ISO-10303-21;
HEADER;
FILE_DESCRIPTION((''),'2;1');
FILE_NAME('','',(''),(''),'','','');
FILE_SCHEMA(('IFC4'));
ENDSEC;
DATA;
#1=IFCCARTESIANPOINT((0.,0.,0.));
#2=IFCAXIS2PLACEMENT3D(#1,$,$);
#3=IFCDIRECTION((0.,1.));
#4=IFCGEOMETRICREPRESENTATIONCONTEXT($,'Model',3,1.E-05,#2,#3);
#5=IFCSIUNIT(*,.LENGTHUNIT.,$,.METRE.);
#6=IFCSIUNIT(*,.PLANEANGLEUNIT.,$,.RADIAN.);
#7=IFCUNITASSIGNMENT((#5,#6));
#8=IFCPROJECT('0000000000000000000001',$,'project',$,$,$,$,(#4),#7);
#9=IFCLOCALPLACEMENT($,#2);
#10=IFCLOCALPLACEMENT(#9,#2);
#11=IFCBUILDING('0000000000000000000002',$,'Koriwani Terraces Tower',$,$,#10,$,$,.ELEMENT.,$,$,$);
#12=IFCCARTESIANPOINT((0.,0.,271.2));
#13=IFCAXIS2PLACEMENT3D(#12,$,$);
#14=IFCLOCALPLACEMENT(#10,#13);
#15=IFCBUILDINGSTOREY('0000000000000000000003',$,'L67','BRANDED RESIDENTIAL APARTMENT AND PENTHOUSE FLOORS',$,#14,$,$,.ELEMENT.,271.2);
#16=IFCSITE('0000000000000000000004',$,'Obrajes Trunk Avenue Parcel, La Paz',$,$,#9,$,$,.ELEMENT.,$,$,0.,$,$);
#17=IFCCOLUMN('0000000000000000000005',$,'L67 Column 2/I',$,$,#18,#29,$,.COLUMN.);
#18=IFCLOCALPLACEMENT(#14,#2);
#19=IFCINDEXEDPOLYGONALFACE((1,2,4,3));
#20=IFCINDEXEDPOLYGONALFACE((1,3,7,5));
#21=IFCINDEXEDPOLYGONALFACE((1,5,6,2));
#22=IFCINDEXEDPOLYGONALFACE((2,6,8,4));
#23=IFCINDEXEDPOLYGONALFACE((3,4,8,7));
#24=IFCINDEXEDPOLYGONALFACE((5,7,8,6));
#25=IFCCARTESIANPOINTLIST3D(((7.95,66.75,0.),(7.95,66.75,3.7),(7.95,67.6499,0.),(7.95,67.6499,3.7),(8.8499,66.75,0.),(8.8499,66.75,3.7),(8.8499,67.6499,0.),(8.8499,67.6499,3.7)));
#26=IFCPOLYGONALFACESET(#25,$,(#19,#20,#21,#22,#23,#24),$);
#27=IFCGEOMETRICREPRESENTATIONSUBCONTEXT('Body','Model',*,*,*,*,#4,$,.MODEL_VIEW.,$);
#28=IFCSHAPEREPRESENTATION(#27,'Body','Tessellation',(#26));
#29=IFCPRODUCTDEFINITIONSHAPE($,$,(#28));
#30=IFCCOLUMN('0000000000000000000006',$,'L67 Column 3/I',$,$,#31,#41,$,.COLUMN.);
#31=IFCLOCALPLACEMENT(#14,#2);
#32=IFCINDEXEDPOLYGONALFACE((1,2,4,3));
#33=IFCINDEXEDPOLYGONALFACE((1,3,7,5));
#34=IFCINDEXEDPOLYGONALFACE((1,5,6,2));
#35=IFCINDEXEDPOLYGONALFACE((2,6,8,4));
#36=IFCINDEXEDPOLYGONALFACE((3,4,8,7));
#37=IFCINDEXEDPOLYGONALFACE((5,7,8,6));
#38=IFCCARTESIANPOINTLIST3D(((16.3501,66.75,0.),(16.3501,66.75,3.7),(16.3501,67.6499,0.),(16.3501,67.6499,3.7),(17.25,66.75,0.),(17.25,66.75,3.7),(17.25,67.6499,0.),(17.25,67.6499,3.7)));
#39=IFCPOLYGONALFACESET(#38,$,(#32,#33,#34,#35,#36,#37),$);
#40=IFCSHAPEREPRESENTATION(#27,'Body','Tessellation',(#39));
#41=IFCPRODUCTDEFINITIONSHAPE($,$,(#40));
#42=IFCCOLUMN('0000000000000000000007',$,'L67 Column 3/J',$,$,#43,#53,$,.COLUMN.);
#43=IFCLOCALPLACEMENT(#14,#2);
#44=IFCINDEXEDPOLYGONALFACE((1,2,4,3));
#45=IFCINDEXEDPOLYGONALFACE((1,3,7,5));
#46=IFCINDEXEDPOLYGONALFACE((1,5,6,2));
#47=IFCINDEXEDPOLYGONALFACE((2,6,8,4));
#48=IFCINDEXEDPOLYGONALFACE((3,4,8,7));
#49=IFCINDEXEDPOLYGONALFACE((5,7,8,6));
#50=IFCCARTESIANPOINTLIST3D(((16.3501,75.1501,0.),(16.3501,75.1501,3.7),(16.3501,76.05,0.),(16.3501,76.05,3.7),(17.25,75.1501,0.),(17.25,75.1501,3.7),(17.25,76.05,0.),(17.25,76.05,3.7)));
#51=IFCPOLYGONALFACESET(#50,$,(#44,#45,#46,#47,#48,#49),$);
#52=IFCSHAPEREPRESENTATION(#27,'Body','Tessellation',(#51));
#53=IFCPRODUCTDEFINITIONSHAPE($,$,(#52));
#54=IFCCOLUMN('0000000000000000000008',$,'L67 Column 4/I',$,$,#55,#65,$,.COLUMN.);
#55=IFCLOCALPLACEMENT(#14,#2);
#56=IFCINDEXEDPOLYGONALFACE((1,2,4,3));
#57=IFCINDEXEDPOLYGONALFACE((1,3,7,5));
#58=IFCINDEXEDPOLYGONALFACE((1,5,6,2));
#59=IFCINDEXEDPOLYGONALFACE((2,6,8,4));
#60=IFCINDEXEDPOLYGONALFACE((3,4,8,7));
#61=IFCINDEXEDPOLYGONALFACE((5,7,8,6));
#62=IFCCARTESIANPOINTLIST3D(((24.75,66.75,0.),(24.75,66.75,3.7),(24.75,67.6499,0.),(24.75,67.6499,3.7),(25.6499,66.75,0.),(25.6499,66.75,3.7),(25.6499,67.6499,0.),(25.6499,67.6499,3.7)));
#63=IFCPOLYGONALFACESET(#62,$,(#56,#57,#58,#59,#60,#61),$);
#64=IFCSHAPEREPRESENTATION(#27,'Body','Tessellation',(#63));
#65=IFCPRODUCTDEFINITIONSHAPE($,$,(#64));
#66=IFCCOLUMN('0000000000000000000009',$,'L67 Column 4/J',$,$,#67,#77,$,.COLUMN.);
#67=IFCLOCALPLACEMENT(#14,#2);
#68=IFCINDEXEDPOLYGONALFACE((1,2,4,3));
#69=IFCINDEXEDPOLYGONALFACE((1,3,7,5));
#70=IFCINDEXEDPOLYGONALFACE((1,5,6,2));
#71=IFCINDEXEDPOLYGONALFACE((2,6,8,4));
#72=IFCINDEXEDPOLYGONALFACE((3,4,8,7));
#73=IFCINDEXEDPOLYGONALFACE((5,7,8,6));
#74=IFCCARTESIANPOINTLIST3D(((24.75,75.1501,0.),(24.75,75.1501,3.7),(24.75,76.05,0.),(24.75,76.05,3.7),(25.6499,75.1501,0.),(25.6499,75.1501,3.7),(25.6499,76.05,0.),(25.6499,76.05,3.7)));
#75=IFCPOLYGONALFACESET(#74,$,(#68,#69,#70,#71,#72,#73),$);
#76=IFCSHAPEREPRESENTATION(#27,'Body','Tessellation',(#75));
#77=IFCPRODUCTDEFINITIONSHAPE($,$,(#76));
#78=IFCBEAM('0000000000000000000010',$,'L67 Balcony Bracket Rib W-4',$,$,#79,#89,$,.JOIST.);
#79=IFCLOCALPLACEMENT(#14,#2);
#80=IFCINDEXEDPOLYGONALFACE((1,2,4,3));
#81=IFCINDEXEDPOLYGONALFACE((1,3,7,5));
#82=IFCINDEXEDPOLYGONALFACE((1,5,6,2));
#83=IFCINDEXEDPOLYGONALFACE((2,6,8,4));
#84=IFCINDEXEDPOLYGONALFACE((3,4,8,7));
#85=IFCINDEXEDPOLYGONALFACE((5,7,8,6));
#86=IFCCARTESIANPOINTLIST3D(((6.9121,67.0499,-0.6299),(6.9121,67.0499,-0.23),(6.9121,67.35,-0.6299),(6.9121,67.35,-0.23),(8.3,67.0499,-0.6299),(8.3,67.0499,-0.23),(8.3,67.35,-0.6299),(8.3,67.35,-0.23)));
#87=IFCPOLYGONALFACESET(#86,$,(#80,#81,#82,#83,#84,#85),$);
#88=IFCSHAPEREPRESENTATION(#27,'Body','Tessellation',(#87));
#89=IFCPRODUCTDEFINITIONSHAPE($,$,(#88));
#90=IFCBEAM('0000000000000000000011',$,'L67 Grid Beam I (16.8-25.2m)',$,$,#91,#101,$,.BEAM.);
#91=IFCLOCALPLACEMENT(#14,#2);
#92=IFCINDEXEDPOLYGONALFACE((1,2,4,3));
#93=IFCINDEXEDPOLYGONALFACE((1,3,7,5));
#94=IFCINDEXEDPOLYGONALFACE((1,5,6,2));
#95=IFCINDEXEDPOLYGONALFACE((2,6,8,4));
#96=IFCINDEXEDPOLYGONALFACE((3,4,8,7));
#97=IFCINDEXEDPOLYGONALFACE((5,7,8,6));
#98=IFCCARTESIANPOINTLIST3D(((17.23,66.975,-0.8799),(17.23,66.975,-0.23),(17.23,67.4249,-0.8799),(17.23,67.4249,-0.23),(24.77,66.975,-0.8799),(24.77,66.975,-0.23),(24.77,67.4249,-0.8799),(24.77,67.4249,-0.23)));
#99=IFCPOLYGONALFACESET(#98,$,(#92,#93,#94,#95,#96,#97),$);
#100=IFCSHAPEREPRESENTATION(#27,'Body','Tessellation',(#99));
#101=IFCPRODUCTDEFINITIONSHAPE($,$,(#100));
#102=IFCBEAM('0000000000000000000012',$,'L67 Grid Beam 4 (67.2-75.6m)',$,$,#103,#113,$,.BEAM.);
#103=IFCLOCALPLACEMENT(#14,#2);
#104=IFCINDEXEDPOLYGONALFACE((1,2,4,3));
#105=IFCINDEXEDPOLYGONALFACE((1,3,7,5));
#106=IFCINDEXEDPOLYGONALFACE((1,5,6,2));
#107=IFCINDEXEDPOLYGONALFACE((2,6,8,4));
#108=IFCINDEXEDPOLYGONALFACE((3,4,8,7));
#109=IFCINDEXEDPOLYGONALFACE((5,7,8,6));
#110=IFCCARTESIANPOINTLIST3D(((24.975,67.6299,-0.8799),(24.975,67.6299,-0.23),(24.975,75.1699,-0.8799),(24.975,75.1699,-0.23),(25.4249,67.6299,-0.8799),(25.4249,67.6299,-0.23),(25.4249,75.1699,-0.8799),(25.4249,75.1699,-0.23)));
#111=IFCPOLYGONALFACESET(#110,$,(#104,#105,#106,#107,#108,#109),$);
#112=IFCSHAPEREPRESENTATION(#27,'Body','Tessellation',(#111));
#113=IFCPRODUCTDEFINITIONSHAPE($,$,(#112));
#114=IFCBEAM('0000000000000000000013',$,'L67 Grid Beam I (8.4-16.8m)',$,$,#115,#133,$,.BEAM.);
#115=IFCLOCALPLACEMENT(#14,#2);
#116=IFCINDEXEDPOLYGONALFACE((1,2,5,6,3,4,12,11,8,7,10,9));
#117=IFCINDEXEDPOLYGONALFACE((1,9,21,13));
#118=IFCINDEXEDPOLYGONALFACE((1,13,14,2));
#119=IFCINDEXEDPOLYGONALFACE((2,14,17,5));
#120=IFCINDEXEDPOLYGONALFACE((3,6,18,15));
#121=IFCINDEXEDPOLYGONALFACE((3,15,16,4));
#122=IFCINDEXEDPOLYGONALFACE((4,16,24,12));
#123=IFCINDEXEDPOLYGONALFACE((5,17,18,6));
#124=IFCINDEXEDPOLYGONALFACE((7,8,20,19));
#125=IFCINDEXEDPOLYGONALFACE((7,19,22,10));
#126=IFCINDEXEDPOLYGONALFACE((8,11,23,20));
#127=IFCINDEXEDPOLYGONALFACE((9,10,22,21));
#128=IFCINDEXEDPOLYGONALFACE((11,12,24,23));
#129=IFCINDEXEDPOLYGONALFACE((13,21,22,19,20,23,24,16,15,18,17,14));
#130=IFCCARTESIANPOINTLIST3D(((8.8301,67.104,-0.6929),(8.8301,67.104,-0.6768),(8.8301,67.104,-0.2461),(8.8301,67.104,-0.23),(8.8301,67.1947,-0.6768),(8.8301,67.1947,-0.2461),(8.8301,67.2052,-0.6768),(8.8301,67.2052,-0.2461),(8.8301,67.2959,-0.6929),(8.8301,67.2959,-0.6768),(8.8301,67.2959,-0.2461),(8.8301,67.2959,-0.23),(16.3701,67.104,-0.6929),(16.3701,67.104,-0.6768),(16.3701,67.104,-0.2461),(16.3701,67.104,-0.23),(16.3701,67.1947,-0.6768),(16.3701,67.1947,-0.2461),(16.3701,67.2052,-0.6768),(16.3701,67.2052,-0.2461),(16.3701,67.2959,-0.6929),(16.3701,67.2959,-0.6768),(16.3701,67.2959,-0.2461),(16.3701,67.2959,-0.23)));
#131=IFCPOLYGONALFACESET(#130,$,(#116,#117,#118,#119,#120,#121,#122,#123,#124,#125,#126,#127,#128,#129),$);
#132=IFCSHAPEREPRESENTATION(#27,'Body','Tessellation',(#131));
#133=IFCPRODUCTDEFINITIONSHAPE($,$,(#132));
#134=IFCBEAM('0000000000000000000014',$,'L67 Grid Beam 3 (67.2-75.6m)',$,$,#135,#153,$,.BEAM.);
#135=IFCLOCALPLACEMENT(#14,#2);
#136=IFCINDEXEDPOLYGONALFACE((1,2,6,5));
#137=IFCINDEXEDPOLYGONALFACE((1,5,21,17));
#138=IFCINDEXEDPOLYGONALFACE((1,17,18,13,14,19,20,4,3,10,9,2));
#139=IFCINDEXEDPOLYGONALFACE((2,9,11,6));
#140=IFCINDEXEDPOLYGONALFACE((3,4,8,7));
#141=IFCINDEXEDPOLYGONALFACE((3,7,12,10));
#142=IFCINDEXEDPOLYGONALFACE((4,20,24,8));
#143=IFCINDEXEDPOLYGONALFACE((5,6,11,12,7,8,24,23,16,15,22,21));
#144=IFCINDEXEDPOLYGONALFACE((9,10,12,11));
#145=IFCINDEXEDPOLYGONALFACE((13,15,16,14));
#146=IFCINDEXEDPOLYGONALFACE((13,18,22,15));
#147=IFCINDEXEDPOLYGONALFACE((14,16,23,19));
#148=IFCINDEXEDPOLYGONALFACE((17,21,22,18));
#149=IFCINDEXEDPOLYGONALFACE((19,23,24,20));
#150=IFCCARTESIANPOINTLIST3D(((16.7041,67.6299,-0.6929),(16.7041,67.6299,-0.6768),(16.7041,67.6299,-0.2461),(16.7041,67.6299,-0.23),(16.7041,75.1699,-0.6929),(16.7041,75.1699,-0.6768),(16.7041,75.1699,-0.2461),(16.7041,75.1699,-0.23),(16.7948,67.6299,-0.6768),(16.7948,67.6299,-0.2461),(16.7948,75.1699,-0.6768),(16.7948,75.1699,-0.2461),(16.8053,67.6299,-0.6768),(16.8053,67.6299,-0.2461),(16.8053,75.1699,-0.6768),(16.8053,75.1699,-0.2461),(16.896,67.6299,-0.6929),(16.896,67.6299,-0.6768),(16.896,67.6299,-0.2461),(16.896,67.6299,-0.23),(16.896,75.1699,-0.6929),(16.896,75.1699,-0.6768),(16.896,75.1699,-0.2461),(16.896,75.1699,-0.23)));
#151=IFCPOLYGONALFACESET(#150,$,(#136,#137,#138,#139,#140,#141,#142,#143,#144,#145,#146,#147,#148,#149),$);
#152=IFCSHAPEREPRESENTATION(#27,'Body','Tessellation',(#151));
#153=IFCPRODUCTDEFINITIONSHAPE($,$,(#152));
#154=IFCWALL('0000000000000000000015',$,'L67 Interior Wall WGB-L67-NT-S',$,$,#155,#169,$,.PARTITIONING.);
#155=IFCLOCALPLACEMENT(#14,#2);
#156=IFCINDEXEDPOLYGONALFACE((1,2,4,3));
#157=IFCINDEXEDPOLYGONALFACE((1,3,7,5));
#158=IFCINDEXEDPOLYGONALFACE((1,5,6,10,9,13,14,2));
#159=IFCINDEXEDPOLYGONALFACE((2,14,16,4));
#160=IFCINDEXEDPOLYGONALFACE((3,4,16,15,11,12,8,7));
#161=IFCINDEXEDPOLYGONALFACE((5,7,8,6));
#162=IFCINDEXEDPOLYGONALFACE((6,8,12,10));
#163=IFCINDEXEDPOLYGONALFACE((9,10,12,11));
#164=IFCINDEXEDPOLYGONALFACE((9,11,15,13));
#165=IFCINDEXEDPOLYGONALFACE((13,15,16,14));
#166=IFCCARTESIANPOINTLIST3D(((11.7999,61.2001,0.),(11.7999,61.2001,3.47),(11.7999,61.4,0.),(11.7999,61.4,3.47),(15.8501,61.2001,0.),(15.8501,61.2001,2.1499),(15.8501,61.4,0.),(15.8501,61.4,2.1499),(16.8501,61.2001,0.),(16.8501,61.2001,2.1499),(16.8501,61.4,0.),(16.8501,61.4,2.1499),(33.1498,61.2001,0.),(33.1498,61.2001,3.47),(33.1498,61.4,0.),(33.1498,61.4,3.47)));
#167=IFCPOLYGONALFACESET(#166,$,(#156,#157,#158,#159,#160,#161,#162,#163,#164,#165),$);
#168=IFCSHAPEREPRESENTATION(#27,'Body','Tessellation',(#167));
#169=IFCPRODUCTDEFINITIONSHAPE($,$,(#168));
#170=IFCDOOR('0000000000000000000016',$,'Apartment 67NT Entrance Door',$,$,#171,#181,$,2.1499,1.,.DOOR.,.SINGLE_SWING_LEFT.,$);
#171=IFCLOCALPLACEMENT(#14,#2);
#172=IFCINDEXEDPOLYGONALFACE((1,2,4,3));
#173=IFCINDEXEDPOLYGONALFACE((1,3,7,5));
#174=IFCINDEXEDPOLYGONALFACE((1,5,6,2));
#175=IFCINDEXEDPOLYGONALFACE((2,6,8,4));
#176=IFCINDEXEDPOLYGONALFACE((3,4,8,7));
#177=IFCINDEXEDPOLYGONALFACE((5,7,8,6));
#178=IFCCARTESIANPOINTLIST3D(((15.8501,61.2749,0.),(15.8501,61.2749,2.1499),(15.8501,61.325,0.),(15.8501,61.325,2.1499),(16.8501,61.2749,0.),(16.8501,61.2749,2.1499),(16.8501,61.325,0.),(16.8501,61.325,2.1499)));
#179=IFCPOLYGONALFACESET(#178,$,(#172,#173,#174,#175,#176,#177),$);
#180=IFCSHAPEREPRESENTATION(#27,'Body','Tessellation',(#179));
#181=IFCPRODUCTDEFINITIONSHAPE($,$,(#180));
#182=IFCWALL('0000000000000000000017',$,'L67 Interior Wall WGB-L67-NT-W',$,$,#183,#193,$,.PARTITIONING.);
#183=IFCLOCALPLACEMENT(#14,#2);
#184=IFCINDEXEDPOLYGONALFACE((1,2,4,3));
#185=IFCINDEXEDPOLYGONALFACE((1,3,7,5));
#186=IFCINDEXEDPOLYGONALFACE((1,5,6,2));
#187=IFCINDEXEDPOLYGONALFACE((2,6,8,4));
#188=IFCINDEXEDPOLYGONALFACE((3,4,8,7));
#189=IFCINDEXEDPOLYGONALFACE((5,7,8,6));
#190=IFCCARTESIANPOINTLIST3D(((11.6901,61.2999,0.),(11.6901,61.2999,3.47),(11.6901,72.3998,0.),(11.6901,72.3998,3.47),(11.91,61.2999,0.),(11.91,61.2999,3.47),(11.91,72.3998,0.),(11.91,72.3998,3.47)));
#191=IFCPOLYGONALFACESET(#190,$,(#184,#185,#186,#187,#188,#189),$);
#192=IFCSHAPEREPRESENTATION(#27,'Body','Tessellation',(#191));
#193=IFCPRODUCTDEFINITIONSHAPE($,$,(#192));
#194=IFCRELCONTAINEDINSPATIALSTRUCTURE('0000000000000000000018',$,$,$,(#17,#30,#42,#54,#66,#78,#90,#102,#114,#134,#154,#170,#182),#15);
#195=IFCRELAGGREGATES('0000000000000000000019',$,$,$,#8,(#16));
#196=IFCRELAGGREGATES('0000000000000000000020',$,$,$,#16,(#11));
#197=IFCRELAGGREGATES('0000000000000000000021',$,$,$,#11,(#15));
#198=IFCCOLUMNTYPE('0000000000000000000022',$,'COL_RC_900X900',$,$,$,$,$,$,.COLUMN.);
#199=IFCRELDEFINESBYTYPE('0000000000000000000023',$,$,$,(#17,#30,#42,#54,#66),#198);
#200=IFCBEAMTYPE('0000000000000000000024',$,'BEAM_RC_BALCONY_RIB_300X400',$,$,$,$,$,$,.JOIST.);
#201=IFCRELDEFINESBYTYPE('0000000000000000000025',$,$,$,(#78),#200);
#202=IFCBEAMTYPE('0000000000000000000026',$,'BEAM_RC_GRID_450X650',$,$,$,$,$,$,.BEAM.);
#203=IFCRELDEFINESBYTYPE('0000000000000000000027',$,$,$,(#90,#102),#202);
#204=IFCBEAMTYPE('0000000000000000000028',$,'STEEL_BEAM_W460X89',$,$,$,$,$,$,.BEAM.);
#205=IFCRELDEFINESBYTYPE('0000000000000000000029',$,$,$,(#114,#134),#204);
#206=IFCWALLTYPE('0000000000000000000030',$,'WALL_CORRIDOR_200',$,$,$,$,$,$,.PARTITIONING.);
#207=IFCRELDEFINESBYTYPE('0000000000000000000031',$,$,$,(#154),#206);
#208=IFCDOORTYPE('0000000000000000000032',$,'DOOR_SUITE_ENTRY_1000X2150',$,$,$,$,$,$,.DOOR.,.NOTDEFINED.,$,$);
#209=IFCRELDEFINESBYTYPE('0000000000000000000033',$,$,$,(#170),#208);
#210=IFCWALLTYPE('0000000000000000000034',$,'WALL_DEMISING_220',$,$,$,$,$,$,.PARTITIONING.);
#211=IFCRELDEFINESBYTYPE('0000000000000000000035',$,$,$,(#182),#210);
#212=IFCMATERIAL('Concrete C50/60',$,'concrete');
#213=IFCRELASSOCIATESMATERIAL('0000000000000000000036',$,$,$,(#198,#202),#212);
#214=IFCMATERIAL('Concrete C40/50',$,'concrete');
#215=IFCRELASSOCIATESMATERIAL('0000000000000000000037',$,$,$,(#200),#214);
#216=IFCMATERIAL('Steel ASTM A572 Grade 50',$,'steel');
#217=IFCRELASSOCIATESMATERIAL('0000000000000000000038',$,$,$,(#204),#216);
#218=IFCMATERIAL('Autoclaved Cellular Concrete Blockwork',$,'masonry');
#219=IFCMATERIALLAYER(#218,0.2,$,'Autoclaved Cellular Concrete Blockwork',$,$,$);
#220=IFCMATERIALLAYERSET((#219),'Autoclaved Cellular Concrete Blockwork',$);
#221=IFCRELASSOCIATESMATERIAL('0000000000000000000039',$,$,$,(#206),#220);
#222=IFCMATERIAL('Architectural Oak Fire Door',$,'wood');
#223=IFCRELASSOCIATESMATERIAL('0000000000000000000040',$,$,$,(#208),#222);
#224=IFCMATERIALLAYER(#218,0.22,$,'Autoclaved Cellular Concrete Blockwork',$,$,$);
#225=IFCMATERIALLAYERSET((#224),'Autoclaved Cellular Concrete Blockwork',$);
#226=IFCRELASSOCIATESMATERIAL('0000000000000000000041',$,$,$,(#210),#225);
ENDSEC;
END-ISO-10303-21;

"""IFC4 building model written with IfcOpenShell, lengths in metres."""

from ifc_helpers import new_model, si_unit, direction, frame, frame_2d, origin, origin_2d, place, context, subcontext, project, spatial, rectangle, i_section, extrude, material, layer, layer_set, material_profile, profile_set, type_object, element, fill, save


model = new_model("IFC4")

# Units and contexts
model_context = context("Model", 3, precision=1e-05, world=origin(), true_north=direction((0.0, 1.0)))
body_context = subcontext(model_context, "Body", "Model", "MODEL_VIEW")
ifc_project = project(units=[si_unit("LENGTHUNIT", "METRE"), si_unit("PLANEANGLEUNIT", "RADIAN")], contexts=[model_context])

# Site, building, storey
site_placement = place(None, origin())
site = spatial("IfcSite", under=ifc_project, at=site_placement, Name="Obrajes Trunk Avenue Parcel, La Paz", CompositionType="ELEMENT", RefElevation=0.0)
building_placement = place(site_placement, origin())
building = spatial("IfcBuilding", under=site, at=building_placement, Name="Koriwani Terraces Tower", CompositionType="ELEMENT")
storey_placement = place(building_placement, frame((0.0, 0.0, 271.2)))
storey = spatial("IfcBuildingStorey", under=building, at=storey_placement, Name="L67", Description="BRANDED RESIDENTIAL APARTMENT AND PENTHOUSE FLOORS", CompositionType="ELEMENT", Elevation=271.2)

# Columns
ifc_material_1 = material(Name="Concrete C50/60", Category="concrete")
ifc_material_profile_1 = material_profile(ifc_material_1, rectangle(XDim=0.8999, YDim=0.8999, at=origin_2d()), Name="Concrete C50/60", Category="LoadBearing")
ifc_profile_set_1 = profile_set([ifc_material_profile_1], Name="Concrete C50/60")
column_type = type_object("IfcColumnType", Name="COL_RC_900X900", PredefinedType="COLUMN", material=ifc_profile_set_1)
for number, where, z_axis, x_axis, name in (
    (1, (8.3999, 67.2, 0.0), (0.0, 0.0, 1.0), (1.0, 0.0, 0.0), "L67 Column 2/I"),
    (2, (16.8, 67.2, 0.0), (0.0, 0.0, 1.0), (1.0, 0.0, 0.0), "L67 Column 3/I"),
    (3, (16.8, 75.6001, 0.0), (0.0, 0.0, 1.0), (1.0, 0.0, 0.0), "L67 Column 3/J"),
    (4, (25.2, 67.2, 0.0), (0.0, 0.0, 1.0), (1.0, 0.0, 0.0), "L67 Column 4/I"),
    (5, (25.2, 75.6001, 0.0), (0.0, 0.0, 1.0), (1.0, 0.0, 0.0), "L67 Column 4/J"),
):
    element("IfcColumn", number, at=place(storey_placement, frame(where, z_axis=z_axis, x_axis=x_axis)), inside=storey, type_object=column_type, Name=name, PredefinedType="COLUMN", context=body_context, shape_type="SweptSolid", body=[
        extrude(rectangle(XDim=0.8999, YDim=0.8999, at=origin_2d()), origin(), (0.0, 0.0, 1.0), 3.7),
    ])

# Beams
ifc_material_2 = material(Name="Concrete C40/50", Category="concrete")
ifc_material_profile_2 = material_profile(ifc_material_2, rectangle(XDim=0.3, YDim=0.3999, at=origin_2d()), Name="Concrete C40/50", Category="LoadBearing")
ifc_profile_set_2 = profile_set([ifc_material_profile_2], Name="Concrete C40/50")
beam_type_1 = type_object("IfcBeamType", Name="BEAM_RC_BALCONY_RIB_300X400", PredefinedType="JOIST", material=ifc_profile_set_2)
beam_placement = place(storey_placement, frame((6.9121, 67.2, -0.4299), z_axis=(1.0, 0.0, 0.0), x_axis=(0.0, 1.0, 0.0)))
element("IfcBeam", 6, at=beam_placement, inside=storey, type_object=beam_type_1, Name="L67 Balcony Bracket Rib W-4", PredefinedType="JOIST", context=body_context, shape_type="SweptSolid", body=[
    extrude(rectangle(XDim=0.3, YDim=0.3999, at=origin_2d()), origin(), (0.0, 0.0, 1.0), 1.3879),
])
ifc_material_profile_3 = material_profile(ifc_material_1, rectangle(XDim=0.45, YDim=0.6499, at=origin_2d()), Name="Concrete C50/60", Category="LoadBearing")
ifc_profile_set_3 = profile_set([ifc_material_profile_3], Name="Concrete C50/60")
beam_type_2 = type_object("IfcBeamType", Name="BEAM_RC_GRID_450X650", PredefinedType="BEAM", material=ifc_profile_set_3)
for number, where, z_axis, x_axis, name in (
    (7, (17.23, 67.2, -0.5549), (1.0, 0.0, 0.0), (0.0, 1.0, 0.0), "L67 Grid Beam I (16.8-25.2m)"),
    (8, (25.2, 67.6299, -0.5549), (0.0, 1.0, 0.0), (-1.0, 0.0, 0.0), "L67 Grid Beam 4 (67.2-75.6m)"),
):
    element("IfcBeam", number, at=place(storey_placement, frame(where, z_axis=z_axis, x_axis=x_axis)), inside=storey, type_object=beam_type_2, Name=name, PredefinedType="BEAM", context=body_context, shape_type="SweptSolid", body=[
        extrude(rectangle(XDim=0.45, YDim=0.6499, at=origin_2d()), origin(), (0.0, 0.0, 1.0), 7.54),
    ])
ifc_material_3 = material(Name="Steel ASTM A572 Grade 50", Category="steel")
ifc_material_profile_4 = material_profile(ifc_material_3, i_section(OverallWidth=0.1919, OverallDepth=0.4629, WebThickness=0.0105, FlangeThickness=0.0161, at=origin_2d()), Name="Steel ASTM A572 Grade 50", Category="LoadBearing")
ifc_profile_set_4 = profile_set([ifc_material_profile_4], Name="Steel ASTM A572 Grade 50")
beam_type_3 = type_object("IfcBeamType", Name="STEEL_BEAM_W460X89", PredefinedType="BEAM", material=ifc_profile_set_4)
for number, where, z_axis, x_axis, name in (
    (9, (8.8301, 67.2, -0.4614), (1.0, 0.0, 0.0), (0.0, 1.0, 0.0), "L67 Grid Beam I (8.4-16.8m)"),
    (10, (16.8, 67.6299, -0.4614), (0.0, 1.0, 0.0), (-1.0, 0.0, 0.0), "L67 Grid Beam 3 (67.2-75.6m)"),
):
    element("IfcBeam", number, at=place(storey_placement, frame(where, z_axis=z_axis, x_axis=x_axis)), inside=storey, type_object=beam_type_3, Name=name, PredefinedType="BEAM", context=body_context, shape_type="SweptSolid", body=[
        extrude(i_section(OverallWidth=0.1919, OverallDepth=0.4629, WebThickness=0.0105, FlangeThickness=0.0161, at=origin_2d()), origin(), (0.0, 0.0, 1.0), 7.54),
    ])

# Wall, opening, door
ifc_material_4 = material(Name="Autoclaved Cellular Concrete Blockwork", Category="masonry")
ifc_layer_1 = layer(ifc_material_4, 0.2, Name="Autoclaved Cellular Concrete Blockwork")
ifc_layer_set_1 = layer_set([ifc_layer_1], Name="Autoclaved Cellular Concrete Blockwork")
wall_type_1 = type_object("IfcWallType", Name="WALL_CORRIDOR_200", PredefinedType="PARTITIONING", material=ifc_layer_set_1)
wall_1_placement = place(storey_placement, frame((11.8, 61.3, 0.0), z_axis=(0.0, 0.0, 1.0), x_axis=(1.0, 0.0, 0.0)))
wall_1 = element("IfcWall", 11, at=wall_1_placement, inside=storey, type_object=wall_type_1, Name="L67 Interior Wall WGB-L67-NT-S", PredefinedType="PARTITIONING", context=body_context, shape_type="SweptSolid", body=[
    extrude(rectangle(XDim=21.3499, YDim=0.2, at=frame_2d((10.6748, 0.0))), origin(), (0.0, 0.0, 1.0), 3.47),
])
opening_1_placement = place(wall_1_placement, frame((4.05, 0.0, 0.0)))
opening_1 = element("IfcOpeningElement", 12, at=opening_1_placement, cuts=wall_1, PredefinedType="OPENING", context=body_context, shape_type="SweptSolid", body=[
    extrude(rectangle(XDim=1.0, YDim=2.1499, at=frame_2d((0.5, 1.075))), frame((0.0, 0.1099, 0.0), z_axis=(0.0, -1.0, 0.0), x_axis=(1.0, 0.0, 0.0)), (0.0, 0.0, 1.0), 0.22),
])
ifc_material_5 = material(Name="Architectural Oak Fire Door", Category="wood")
door_type_1 = type_object("IfcDoorType", Name="DOOR_SUITE_ENTRY_1000X2150", OperationType="NOTDEFINED", PredefinedType="DOOR", material=ifc_material_5)
door_1_placement = place(opening_1_placement, origin())
door_1 = element("IfcDoor", 13, at=door_1_placement, inside=storey, type_object=door_type_1, Name="Apartment 67NT Entrance Door", OperationType="SINGLE_SWING_LEFT", OverallHeight=2.1499, OverallWidth=1.0, PredefinedType="DOOR", context=body_context, shape_type="SweptSolid", body=[
    extrude(rectangle(XDim=1.0, YDim=2.1499, at=frame_2d((0.5, 1.075))), frame((0.0, 0.0249, 0.0), z_axis=(0.0, -1.0, 0.0), x_axis=(1.0, 0.0, 0.0)), (0.0, 0.0, 1.0), 0.05),
])
fill(opening_1, door_1)

# Wall
ifc_layer_2 = layer(ifc_material_4, 0.22, Name="Autoclaved Cellular Concrete Blockwork")
ifc_layer_set_2 = layer_set([ifc_layer_2], Name="Autoclaved Cellular Concrete Blockwork")
wall_type_2 = type_object("IfcWallType", Name="WALL_DEMISING_220", PredefinedType="PARTITIONING", material=ifc_layer_set_2)
wall_2_placement = place(storey_placement, frame((11.8, 61.3, 0.0), z_axis=(0.0, 0.0, 1.0), x_axis=(0.0, 1.0, 0.0)))
element("IfcWall", 14, at=wall_2_placement, inside=storey, type_object=wall_type_2, Name="L67 Interior Wall WGB-L67-NT-W", PredefinedType="PARTITIONING", context=body_context, shape_type="SweptSolid", body=[
    extrude(rectangle(XDim=11.0999, YDim=0.22, at=frame_2d((5.5498, 0.0))), origin(), (0.0, 0.0, 1.0), 3.47),
])

save(model, "model.ifc")
